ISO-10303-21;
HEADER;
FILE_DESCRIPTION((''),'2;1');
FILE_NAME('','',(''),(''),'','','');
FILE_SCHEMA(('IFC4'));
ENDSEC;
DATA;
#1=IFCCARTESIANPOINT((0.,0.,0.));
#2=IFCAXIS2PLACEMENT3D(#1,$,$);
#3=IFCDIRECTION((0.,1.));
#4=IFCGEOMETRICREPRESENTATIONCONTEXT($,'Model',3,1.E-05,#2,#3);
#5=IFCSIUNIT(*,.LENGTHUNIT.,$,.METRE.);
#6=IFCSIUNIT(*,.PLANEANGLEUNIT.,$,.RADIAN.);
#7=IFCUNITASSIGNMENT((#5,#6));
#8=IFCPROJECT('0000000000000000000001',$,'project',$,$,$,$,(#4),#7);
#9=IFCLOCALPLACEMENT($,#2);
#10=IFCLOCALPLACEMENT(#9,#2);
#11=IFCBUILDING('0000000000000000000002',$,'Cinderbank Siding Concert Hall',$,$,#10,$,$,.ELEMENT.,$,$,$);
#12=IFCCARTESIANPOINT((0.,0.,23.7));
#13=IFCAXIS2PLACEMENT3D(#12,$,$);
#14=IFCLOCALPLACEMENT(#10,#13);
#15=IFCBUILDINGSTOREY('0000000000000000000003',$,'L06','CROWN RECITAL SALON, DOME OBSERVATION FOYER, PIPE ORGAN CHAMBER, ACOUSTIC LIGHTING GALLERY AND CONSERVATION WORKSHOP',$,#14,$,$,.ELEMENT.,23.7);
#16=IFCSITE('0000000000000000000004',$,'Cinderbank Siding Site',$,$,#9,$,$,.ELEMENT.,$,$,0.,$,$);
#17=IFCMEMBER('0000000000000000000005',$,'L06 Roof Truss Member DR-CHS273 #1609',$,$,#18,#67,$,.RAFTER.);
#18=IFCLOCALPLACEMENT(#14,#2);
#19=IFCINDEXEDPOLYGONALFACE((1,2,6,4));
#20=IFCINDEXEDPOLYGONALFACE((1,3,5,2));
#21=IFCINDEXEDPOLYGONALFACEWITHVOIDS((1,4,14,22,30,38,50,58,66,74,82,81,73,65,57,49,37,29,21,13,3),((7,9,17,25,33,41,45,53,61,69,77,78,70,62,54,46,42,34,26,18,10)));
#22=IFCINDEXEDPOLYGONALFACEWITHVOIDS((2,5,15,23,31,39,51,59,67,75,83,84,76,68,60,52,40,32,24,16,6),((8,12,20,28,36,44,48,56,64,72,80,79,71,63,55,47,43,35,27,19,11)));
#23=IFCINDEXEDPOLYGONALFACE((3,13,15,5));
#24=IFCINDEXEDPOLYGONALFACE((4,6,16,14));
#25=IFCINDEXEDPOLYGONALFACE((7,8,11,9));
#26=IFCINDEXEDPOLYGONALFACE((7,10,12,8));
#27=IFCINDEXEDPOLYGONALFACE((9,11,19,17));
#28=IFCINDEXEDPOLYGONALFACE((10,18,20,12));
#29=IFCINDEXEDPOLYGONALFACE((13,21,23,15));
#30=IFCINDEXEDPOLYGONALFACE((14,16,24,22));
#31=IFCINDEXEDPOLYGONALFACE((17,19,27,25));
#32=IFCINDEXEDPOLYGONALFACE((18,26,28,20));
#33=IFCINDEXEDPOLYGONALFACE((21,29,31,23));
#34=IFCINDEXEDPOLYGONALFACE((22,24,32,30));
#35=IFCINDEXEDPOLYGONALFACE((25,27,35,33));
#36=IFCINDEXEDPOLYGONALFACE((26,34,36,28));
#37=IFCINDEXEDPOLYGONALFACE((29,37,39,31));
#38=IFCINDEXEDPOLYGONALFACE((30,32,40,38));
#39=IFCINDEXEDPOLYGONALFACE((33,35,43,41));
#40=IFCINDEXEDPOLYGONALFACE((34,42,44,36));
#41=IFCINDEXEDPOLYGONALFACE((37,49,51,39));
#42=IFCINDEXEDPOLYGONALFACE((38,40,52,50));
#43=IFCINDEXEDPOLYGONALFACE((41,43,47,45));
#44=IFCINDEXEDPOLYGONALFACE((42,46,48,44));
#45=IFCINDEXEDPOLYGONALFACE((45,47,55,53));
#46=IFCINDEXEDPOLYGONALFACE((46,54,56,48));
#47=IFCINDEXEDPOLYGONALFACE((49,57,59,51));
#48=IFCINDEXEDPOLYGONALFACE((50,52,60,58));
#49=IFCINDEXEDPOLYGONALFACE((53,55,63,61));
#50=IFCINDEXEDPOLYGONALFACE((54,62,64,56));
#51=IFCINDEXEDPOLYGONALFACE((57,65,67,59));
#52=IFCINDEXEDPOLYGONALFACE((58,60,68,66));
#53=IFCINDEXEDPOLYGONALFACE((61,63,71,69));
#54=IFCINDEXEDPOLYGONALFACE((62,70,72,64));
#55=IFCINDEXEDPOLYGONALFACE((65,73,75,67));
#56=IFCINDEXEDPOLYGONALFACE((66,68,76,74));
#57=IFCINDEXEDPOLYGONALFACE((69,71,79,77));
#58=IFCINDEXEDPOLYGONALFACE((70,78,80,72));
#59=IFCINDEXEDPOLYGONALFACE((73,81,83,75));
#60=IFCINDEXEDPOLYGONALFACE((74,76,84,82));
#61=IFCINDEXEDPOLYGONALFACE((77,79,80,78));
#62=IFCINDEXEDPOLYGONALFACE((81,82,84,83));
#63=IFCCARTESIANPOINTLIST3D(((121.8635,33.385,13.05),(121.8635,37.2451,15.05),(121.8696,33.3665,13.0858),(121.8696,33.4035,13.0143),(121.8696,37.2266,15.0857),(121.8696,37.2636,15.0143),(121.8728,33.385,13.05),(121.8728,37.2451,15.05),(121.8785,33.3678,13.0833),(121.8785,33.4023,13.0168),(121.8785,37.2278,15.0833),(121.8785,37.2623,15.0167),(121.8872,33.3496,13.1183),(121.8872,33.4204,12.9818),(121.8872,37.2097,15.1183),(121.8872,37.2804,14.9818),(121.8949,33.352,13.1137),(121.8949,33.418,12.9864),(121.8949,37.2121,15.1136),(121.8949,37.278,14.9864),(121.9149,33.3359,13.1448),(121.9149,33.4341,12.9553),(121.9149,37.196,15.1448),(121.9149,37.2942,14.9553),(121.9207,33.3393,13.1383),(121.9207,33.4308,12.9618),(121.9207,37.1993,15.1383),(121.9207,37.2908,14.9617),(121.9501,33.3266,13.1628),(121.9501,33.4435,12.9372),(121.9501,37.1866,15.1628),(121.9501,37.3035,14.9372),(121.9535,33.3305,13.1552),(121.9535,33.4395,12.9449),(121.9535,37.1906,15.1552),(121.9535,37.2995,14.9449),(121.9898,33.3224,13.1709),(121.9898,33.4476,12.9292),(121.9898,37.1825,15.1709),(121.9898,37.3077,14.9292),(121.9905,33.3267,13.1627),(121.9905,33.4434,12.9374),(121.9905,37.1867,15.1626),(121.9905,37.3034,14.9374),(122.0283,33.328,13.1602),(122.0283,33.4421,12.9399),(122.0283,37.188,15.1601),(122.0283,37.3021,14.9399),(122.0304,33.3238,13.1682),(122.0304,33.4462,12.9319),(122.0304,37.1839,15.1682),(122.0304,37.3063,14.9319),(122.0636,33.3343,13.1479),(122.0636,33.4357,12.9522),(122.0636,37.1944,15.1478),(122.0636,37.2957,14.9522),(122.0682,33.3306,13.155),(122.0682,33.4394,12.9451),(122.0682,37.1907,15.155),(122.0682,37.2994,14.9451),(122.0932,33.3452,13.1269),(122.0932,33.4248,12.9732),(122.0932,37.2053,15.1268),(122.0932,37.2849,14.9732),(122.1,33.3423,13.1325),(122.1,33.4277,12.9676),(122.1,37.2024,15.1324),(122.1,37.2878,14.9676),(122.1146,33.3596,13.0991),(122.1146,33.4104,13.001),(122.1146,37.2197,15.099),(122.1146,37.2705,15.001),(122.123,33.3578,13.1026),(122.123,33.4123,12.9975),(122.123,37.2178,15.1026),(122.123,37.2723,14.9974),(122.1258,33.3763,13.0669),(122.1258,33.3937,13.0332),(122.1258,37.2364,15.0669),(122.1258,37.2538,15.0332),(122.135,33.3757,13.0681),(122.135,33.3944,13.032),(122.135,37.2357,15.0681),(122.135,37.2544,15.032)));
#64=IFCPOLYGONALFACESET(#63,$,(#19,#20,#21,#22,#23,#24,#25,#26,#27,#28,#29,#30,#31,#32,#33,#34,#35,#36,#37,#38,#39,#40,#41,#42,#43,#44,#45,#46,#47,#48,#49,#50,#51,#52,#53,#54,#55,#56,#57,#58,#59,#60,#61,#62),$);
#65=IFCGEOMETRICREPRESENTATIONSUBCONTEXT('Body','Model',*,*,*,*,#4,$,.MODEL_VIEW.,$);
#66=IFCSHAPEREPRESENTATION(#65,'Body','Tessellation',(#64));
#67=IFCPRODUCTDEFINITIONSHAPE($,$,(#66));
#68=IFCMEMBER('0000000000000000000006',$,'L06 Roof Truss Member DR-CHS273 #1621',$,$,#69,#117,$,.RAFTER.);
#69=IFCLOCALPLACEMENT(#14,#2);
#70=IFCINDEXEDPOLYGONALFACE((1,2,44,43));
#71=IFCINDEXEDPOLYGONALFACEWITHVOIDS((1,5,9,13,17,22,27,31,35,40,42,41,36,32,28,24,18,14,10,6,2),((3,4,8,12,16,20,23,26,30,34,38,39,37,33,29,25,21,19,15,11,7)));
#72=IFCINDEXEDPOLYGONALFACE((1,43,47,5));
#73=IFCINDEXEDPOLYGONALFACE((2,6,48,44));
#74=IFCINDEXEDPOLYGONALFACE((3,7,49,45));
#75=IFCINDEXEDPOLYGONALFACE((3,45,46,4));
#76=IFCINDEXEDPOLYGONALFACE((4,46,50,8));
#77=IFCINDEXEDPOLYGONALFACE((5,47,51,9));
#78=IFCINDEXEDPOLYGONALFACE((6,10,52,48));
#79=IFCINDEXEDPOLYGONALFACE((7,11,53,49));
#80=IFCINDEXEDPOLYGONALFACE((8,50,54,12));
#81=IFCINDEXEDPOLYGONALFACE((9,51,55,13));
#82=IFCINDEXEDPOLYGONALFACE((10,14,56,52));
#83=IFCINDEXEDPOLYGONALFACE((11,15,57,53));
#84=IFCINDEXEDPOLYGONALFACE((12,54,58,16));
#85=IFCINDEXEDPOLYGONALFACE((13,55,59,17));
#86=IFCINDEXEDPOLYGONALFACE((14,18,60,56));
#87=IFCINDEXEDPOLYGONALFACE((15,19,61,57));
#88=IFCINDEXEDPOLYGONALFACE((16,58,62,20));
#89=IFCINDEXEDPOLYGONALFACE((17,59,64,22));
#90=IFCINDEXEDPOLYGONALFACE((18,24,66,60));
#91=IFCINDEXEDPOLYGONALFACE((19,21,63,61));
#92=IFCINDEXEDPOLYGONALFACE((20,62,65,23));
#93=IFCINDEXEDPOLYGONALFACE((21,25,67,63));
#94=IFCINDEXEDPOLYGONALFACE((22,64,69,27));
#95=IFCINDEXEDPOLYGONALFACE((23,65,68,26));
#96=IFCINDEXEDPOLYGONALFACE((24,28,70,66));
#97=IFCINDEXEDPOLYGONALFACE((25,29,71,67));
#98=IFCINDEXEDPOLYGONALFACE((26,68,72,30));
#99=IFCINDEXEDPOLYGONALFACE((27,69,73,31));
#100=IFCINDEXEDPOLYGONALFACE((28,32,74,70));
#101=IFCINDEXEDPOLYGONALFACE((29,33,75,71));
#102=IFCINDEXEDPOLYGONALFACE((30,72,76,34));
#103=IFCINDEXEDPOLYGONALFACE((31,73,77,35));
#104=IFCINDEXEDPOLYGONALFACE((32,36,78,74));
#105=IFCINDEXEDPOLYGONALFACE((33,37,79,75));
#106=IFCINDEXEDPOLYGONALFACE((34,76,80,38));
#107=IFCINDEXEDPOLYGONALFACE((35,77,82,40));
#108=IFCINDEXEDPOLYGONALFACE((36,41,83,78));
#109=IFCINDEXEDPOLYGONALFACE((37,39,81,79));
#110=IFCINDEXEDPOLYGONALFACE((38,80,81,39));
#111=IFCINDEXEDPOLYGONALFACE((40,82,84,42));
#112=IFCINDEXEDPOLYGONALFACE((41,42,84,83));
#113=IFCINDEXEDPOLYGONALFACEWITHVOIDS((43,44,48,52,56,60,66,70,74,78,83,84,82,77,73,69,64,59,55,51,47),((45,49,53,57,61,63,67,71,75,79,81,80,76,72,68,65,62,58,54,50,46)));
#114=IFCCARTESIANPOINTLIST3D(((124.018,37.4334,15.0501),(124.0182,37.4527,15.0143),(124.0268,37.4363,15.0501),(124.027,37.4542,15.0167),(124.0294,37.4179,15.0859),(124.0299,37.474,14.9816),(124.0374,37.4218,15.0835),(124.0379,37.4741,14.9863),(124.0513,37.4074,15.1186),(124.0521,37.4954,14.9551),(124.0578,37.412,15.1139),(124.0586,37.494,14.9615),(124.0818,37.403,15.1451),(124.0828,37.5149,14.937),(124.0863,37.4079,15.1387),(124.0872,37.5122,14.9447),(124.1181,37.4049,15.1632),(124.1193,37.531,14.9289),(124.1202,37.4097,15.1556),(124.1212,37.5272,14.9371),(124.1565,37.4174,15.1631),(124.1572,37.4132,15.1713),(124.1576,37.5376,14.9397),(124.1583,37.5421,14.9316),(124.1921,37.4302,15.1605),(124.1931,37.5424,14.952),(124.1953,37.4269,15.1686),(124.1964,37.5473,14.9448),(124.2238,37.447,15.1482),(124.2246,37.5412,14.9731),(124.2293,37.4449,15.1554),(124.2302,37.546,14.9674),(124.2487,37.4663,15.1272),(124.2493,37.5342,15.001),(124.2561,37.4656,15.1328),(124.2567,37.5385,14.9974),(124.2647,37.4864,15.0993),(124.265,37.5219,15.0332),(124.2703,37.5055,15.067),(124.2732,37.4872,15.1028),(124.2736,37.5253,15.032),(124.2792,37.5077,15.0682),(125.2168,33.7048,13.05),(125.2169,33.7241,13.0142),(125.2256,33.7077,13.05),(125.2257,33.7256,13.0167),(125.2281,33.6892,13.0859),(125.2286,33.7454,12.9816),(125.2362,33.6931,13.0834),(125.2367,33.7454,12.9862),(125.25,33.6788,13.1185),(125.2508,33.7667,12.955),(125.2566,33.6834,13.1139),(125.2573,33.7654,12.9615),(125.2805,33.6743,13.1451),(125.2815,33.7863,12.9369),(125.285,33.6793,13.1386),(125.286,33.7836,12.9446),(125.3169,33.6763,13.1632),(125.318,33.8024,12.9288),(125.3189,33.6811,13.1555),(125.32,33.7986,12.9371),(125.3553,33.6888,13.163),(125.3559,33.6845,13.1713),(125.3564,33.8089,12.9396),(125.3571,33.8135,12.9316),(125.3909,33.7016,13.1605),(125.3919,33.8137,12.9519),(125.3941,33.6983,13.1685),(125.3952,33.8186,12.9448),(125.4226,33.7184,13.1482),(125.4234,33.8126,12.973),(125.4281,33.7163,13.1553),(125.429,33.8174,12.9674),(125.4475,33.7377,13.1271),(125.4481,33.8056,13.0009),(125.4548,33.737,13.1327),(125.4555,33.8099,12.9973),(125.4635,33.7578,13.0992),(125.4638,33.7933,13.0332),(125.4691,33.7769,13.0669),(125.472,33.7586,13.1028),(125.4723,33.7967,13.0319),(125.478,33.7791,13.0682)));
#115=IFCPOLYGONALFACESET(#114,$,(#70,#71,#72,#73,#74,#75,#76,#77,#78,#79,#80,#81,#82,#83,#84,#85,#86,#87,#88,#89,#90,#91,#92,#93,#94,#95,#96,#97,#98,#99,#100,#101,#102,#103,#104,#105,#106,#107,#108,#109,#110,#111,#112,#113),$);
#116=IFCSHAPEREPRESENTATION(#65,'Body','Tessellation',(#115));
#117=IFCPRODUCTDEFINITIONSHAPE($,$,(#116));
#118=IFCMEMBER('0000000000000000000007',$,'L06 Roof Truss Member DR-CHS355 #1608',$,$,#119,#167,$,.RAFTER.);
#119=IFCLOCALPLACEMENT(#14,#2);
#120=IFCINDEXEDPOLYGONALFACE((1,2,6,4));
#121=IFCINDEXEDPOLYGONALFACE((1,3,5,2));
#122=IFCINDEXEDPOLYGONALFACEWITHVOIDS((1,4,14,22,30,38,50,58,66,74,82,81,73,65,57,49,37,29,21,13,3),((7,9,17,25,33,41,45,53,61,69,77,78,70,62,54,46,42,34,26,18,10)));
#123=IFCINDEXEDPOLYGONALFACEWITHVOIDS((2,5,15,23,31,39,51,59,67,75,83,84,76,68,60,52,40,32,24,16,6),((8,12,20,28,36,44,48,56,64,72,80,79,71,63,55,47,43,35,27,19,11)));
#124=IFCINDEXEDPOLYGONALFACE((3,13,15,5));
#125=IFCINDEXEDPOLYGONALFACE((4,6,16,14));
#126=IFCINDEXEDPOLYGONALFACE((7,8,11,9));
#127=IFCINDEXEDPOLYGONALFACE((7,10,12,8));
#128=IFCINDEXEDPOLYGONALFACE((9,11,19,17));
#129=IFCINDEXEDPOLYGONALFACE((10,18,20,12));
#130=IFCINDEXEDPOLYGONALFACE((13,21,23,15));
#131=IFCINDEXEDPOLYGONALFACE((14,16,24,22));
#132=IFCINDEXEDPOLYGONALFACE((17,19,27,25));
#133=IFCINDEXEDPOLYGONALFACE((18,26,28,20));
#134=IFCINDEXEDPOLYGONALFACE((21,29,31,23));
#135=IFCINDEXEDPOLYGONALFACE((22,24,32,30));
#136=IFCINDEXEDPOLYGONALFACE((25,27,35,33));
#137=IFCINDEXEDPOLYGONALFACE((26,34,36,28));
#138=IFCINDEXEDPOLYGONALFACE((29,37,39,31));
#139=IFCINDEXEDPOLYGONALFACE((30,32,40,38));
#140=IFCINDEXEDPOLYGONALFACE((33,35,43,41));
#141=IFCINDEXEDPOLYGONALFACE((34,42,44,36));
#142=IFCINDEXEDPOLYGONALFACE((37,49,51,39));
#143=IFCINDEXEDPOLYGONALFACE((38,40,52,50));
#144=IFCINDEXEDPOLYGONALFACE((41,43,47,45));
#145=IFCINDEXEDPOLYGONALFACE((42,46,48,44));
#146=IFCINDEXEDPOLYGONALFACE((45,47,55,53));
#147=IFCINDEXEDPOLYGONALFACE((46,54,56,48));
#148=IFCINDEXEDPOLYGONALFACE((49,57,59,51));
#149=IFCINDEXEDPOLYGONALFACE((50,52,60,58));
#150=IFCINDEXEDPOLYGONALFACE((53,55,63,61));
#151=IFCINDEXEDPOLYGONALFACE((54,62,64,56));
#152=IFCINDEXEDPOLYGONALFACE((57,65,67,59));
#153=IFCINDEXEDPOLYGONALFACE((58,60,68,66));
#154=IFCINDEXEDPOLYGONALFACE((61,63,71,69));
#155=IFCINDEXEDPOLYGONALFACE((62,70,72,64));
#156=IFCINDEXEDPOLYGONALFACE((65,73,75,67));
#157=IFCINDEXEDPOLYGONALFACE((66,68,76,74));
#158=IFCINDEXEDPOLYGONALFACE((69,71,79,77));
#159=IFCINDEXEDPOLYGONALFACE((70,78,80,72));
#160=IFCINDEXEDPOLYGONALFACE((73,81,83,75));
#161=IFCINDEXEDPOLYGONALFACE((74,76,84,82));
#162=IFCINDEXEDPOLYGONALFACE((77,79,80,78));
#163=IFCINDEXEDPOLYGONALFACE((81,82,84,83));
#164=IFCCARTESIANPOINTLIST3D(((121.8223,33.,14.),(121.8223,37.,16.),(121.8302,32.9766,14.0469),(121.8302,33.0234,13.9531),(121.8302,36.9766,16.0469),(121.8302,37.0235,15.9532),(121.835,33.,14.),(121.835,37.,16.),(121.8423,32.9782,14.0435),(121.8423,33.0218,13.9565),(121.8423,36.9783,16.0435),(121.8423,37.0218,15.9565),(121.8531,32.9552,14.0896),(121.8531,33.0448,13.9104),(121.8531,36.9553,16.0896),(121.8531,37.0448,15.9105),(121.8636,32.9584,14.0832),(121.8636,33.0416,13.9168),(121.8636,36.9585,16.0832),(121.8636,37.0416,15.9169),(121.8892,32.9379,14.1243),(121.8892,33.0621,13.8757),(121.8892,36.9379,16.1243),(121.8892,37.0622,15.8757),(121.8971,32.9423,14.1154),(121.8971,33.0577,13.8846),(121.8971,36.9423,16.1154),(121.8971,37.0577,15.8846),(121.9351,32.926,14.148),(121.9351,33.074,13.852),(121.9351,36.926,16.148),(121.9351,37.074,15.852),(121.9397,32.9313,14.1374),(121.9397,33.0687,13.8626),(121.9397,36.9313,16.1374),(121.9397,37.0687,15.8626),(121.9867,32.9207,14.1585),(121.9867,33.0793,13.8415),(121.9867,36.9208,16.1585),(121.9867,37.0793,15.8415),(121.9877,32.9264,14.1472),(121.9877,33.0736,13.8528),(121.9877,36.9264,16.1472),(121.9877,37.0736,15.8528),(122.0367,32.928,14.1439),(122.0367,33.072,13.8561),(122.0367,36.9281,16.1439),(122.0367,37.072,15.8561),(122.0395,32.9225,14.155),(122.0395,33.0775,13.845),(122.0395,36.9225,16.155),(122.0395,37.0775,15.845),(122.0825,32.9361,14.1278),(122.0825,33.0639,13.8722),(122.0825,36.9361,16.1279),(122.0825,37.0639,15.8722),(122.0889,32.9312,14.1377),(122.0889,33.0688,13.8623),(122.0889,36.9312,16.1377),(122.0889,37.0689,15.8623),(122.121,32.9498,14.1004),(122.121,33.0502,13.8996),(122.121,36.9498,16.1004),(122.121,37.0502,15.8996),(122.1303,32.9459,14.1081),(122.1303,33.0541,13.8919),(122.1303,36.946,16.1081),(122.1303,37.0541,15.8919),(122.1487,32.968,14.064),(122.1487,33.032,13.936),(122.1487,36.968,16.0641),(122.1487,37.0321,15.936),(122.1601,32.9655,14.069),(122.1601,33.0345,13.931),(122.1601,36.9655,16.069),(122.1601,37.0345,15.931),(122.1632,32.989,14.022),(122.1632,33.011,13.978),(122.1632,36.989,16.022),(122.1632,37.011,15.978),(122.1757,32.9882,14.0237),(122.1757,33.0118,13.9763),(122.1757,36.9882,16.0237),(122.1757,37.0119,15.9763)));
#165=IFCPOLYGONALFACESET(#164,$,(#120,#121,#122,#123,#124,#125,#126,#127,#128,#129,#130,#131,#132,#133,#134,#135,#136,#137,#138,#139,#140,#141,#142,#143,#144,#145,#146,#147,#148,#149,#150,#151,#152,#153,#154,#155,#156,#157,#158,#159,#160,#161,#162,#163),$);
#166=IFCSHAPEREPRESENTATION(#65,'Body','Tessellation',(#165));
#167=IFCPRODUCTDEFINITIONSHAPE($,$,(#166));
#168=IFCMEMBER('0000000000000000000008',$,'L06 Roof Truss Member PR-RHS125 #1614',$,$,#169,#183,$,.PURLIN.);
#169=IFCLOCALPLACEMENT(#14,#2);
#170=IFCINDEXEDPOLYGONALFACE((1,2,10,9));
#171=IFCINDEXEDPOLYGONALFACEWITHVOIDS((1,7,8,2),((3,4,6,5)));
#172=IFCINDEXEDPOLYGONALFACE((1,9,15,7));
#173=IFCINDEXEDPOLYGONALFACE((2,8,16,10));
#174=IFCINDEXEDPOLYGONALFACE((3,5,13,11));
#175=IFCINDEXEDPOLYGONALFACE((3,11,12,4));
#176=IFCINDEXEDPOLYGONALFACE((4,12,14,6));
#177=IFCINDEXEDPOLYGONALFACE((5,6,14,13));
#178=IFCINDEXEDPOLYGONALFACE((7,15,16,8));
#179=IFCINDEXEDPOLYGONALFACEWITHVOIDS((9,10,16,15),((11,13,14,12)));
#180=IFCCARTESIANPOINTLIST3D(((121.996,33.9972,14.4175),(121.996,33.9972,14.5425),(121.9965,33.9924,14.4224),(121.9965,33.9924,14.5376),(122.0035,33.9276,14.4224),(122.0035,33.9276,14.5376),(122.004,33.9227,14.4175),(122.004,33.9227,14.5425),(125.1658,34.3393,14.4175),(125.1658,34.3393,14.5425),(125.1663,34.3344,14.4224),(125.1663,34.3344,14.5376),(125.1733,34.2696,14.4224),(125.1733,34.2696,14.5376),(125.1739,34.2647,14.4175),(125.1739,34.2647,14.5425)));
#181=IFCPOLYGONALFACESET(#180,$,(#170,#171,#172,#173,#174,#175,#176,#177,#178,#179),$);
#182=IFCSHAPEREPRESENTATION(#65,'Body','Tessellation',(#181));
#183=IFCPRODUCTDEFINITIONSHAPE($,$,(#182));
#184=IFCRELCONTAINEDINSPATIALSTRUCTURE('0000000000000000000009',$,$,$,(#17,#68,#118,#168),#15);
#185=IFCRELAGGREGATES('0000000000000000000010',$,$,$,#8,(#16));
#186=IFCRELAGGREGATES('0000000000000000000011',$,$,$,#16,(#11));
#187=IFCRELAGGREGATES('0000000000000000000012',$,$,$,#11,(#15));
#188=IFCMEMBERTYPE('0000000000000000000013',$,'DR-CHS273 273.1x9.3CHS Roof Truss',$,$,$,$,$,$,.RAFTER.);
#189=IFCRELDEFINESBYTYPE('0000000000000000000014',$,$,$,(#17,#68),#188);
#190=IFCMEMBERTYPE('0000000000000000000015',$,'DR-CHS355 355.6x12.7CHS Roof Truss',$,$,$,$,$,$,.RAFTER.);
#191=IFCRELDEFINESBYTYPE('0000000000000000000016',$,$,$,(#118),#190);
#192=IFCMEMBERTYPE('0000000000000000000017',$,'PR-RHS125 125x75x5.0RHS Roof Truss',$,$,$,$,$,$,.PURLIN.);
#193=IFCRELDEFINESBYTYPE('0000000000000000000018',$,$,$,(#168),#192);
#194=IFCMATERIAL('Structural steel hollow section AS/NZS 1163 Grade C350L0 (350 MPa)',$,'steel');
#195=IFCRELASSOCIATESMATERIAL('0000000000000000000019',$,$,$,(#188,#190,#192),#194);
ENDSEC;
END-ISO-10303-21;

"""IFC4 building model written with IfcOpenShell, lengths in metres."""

from ifc_helpers import new_model, si_unit, direction, frame, origin, origin_2d, place, context, subcontext, project, spatial, hollow_rectangle, hollow_circle, extrude, material, material_profile, profile_set, type_object, element, save


model = new_model("IFC4")

# Units and contexts
model_context = context("Model", 3, precision=1e-05, world=origin(), true_north=direction((0.0, 1.0)))
body_context = subcontext(model_context, "Body", "Model", "MODEL_VIEW")
ifc_project = project(units=[si_unit("LENGTHUNIT", "METRE"), si_unit("PLANEANGLEUNIT", "RADIAN")], contexts=[model_context])

# Site, building, storey
site_placement = place(None, origin())
site = spatial("IfcSite", under=ifc_project, at=site_placement, Name="Cinderbank Siding Site", CompositionType="ELEMENT", RefElevation=0.0)
building_placement = place(site_placement, origin())
building = spatial("IfcBuilding", under=site, at=building_placement, Name="Cinderbank Siding Concert Hall", CompositionType="ELEMENT")
storey_placement = place(building_placement, frame((0.0, 0.0, 23.7)))
storey = spatial("IfcBuildingStorey", under=building, at=storey_placement, Name="L06", Description="CROWN RECITAL SALON, DOME OBSERVATION FOYER, PIPE ORGAN CHAMBER, ACOUSTIC LIGHTING GALLERY AND CONSERVATION WORKSHOP", CompositionType="ELEMENT", Elevation=23.7)

# Members
ifc_material_1 = material(Name="Structural steel hollow section AS/NZS 1163 Grade C350L0 (350 MPa)", Category="steel")
ifc_material_profile_1 = material_profile(ifc_material_1, hollow_circle(Radius=0.1365, WallThickness=0.0093, at=origin_2d()), Name="273.1x9.3CHS", Category="LoadBearing")
ifc_profile_set_1 = profile_set([ifc_material_profile_1], Name="Structural steel hollow section AS/NZS 1163 Grade C350L0 (350 MPa)")
member_type_1 = type_object("IfcMemberType", Name="DR-CHS273 273.1x9.3CHS Roof Truss", PredefinedType="RAFTER", material=ifc_profile_set_1)
member_1_placement = place(storey_placement, frame((122.0, 33.385, 13.05), z_axis=(0.0, 0.887899, 0.460038), x_axis=(-1.0, 0.0, 0.0)))
element("IfcMember", 1, at=member_1_placement, inside=storey, type_object=member_type_1, Name="L06 Roof Truss Member DR-CHS273 #1609", PredefinedType="RAFTER", context=body_context, shape_type="SweptSolid", body=[
    extrude(hollow_circle(Radius=0.1365, WallThickness=0.0093, at=origin_2d()), origin(), (0.0, 0.0, 1.0), 4.3474),
])
member_2_placement = place(storey_placement, frame((125.3467, 33.7466, 13.05), z_axis=(-0.272588, 0.847855, 0.454795), x_axis=(-0.952008, -0.306074, 0.0)))
element("IfcMember", 2, at=member_2_placement, inside=storey, type_object=member_type_1, Name="L06 Roof Truss Member DR-CHS273 #1621", PredefinedType="RAFTER", context=body_context, shape_type="SweptSolid", body=[
    extrude(hollow_circle(Radius=0.1365, WallThickness=0.0093, at=origin_2d()), origin(), (0.0, 0.0, 1.0), 4.3977),
])
ifc_material_profile_2 = material_profile(ifc_material_1, hollow_circle(Radius=0.1777, WallThickness=0.0127, at=origin_2d()), Name="355.6x12.7CHS", Category="LoadBearing")
ifc_profile_set_2 = profile_set([ifc_material_profile_2], Name="Structural steel hollow section AS/NZS 1163 Grade C350L0 (350 MPa)")
member_type_2 = type_object("IfcMemberType", Name="DR-CHS355 355.6x12.7CHS Roof Truss", PredefinedType="RAFTER", material=ifc_profile_set_2)
member_3_placement = place(storey_placement, frame((122.0, 33.0, 14.0), z_axis=(0.0, 0.894427, 0.447214), x_axis=(-1.0, 0.0, 0.0)))
element("IfcMember", 3, at=member_3_placement, inside=storey, type_object=member_type_2, Name="L06 Roof Truss Member DR-CHS355 #1608", PredefinedType="RAFTER", context=body_context, shape_type="SweptSolid", body=[
    extrude(hollow_circle(Radius=0.1777, WallThickness=0.0127, at=origin_2d()), origin(), (0.0, 0.0, 1.0), 4.4722),
])
ifc_material_profile_3 = material_profile(ifc_material_1, hollow_rectangle(XDim=0.075, YDim=0.125, WallThickness=0.0049, at=origin_2d()), Name="125x75x5.0RHS", Category="LoadBearing")
ifc_profile_set_3 = profile_set([ifc_material_profile_3], Name="Structural steel hollow section AS/NZS 1163 Grade C350L0 (350 MPa)")
member_type_3 = type_object("IfcMemberType", Name="PR-RHS125 125x75x5.0RHS Roof Truss", PredefinedType="PURLIN", material=ifc_profile_set_3)
member_4_placement = place(storey_placement, frame((122.0, 33.96, 14.48), z_axis=(0.994229, 0.107279, 0.0), x_axis=(-0.107279, 0.994229, 0.0)))
element("IfcMember", 4, at=member_4_placement, inside=storey, type_object=member_type_3, Name="L06 Roof Truss Member PR-RHS125 #1614", PredefinedType="PURLIN", context=body_context, shape_type="SweptSolid", body=[
    extrude(hollow_rectangle(XDim=0.075, YDim=0.125, WallThickness=0.0049, at=origin_2d()), origin(), (0.0, 0.0, 1.0), 3.1882),
])

save(model, "model.ifc")
